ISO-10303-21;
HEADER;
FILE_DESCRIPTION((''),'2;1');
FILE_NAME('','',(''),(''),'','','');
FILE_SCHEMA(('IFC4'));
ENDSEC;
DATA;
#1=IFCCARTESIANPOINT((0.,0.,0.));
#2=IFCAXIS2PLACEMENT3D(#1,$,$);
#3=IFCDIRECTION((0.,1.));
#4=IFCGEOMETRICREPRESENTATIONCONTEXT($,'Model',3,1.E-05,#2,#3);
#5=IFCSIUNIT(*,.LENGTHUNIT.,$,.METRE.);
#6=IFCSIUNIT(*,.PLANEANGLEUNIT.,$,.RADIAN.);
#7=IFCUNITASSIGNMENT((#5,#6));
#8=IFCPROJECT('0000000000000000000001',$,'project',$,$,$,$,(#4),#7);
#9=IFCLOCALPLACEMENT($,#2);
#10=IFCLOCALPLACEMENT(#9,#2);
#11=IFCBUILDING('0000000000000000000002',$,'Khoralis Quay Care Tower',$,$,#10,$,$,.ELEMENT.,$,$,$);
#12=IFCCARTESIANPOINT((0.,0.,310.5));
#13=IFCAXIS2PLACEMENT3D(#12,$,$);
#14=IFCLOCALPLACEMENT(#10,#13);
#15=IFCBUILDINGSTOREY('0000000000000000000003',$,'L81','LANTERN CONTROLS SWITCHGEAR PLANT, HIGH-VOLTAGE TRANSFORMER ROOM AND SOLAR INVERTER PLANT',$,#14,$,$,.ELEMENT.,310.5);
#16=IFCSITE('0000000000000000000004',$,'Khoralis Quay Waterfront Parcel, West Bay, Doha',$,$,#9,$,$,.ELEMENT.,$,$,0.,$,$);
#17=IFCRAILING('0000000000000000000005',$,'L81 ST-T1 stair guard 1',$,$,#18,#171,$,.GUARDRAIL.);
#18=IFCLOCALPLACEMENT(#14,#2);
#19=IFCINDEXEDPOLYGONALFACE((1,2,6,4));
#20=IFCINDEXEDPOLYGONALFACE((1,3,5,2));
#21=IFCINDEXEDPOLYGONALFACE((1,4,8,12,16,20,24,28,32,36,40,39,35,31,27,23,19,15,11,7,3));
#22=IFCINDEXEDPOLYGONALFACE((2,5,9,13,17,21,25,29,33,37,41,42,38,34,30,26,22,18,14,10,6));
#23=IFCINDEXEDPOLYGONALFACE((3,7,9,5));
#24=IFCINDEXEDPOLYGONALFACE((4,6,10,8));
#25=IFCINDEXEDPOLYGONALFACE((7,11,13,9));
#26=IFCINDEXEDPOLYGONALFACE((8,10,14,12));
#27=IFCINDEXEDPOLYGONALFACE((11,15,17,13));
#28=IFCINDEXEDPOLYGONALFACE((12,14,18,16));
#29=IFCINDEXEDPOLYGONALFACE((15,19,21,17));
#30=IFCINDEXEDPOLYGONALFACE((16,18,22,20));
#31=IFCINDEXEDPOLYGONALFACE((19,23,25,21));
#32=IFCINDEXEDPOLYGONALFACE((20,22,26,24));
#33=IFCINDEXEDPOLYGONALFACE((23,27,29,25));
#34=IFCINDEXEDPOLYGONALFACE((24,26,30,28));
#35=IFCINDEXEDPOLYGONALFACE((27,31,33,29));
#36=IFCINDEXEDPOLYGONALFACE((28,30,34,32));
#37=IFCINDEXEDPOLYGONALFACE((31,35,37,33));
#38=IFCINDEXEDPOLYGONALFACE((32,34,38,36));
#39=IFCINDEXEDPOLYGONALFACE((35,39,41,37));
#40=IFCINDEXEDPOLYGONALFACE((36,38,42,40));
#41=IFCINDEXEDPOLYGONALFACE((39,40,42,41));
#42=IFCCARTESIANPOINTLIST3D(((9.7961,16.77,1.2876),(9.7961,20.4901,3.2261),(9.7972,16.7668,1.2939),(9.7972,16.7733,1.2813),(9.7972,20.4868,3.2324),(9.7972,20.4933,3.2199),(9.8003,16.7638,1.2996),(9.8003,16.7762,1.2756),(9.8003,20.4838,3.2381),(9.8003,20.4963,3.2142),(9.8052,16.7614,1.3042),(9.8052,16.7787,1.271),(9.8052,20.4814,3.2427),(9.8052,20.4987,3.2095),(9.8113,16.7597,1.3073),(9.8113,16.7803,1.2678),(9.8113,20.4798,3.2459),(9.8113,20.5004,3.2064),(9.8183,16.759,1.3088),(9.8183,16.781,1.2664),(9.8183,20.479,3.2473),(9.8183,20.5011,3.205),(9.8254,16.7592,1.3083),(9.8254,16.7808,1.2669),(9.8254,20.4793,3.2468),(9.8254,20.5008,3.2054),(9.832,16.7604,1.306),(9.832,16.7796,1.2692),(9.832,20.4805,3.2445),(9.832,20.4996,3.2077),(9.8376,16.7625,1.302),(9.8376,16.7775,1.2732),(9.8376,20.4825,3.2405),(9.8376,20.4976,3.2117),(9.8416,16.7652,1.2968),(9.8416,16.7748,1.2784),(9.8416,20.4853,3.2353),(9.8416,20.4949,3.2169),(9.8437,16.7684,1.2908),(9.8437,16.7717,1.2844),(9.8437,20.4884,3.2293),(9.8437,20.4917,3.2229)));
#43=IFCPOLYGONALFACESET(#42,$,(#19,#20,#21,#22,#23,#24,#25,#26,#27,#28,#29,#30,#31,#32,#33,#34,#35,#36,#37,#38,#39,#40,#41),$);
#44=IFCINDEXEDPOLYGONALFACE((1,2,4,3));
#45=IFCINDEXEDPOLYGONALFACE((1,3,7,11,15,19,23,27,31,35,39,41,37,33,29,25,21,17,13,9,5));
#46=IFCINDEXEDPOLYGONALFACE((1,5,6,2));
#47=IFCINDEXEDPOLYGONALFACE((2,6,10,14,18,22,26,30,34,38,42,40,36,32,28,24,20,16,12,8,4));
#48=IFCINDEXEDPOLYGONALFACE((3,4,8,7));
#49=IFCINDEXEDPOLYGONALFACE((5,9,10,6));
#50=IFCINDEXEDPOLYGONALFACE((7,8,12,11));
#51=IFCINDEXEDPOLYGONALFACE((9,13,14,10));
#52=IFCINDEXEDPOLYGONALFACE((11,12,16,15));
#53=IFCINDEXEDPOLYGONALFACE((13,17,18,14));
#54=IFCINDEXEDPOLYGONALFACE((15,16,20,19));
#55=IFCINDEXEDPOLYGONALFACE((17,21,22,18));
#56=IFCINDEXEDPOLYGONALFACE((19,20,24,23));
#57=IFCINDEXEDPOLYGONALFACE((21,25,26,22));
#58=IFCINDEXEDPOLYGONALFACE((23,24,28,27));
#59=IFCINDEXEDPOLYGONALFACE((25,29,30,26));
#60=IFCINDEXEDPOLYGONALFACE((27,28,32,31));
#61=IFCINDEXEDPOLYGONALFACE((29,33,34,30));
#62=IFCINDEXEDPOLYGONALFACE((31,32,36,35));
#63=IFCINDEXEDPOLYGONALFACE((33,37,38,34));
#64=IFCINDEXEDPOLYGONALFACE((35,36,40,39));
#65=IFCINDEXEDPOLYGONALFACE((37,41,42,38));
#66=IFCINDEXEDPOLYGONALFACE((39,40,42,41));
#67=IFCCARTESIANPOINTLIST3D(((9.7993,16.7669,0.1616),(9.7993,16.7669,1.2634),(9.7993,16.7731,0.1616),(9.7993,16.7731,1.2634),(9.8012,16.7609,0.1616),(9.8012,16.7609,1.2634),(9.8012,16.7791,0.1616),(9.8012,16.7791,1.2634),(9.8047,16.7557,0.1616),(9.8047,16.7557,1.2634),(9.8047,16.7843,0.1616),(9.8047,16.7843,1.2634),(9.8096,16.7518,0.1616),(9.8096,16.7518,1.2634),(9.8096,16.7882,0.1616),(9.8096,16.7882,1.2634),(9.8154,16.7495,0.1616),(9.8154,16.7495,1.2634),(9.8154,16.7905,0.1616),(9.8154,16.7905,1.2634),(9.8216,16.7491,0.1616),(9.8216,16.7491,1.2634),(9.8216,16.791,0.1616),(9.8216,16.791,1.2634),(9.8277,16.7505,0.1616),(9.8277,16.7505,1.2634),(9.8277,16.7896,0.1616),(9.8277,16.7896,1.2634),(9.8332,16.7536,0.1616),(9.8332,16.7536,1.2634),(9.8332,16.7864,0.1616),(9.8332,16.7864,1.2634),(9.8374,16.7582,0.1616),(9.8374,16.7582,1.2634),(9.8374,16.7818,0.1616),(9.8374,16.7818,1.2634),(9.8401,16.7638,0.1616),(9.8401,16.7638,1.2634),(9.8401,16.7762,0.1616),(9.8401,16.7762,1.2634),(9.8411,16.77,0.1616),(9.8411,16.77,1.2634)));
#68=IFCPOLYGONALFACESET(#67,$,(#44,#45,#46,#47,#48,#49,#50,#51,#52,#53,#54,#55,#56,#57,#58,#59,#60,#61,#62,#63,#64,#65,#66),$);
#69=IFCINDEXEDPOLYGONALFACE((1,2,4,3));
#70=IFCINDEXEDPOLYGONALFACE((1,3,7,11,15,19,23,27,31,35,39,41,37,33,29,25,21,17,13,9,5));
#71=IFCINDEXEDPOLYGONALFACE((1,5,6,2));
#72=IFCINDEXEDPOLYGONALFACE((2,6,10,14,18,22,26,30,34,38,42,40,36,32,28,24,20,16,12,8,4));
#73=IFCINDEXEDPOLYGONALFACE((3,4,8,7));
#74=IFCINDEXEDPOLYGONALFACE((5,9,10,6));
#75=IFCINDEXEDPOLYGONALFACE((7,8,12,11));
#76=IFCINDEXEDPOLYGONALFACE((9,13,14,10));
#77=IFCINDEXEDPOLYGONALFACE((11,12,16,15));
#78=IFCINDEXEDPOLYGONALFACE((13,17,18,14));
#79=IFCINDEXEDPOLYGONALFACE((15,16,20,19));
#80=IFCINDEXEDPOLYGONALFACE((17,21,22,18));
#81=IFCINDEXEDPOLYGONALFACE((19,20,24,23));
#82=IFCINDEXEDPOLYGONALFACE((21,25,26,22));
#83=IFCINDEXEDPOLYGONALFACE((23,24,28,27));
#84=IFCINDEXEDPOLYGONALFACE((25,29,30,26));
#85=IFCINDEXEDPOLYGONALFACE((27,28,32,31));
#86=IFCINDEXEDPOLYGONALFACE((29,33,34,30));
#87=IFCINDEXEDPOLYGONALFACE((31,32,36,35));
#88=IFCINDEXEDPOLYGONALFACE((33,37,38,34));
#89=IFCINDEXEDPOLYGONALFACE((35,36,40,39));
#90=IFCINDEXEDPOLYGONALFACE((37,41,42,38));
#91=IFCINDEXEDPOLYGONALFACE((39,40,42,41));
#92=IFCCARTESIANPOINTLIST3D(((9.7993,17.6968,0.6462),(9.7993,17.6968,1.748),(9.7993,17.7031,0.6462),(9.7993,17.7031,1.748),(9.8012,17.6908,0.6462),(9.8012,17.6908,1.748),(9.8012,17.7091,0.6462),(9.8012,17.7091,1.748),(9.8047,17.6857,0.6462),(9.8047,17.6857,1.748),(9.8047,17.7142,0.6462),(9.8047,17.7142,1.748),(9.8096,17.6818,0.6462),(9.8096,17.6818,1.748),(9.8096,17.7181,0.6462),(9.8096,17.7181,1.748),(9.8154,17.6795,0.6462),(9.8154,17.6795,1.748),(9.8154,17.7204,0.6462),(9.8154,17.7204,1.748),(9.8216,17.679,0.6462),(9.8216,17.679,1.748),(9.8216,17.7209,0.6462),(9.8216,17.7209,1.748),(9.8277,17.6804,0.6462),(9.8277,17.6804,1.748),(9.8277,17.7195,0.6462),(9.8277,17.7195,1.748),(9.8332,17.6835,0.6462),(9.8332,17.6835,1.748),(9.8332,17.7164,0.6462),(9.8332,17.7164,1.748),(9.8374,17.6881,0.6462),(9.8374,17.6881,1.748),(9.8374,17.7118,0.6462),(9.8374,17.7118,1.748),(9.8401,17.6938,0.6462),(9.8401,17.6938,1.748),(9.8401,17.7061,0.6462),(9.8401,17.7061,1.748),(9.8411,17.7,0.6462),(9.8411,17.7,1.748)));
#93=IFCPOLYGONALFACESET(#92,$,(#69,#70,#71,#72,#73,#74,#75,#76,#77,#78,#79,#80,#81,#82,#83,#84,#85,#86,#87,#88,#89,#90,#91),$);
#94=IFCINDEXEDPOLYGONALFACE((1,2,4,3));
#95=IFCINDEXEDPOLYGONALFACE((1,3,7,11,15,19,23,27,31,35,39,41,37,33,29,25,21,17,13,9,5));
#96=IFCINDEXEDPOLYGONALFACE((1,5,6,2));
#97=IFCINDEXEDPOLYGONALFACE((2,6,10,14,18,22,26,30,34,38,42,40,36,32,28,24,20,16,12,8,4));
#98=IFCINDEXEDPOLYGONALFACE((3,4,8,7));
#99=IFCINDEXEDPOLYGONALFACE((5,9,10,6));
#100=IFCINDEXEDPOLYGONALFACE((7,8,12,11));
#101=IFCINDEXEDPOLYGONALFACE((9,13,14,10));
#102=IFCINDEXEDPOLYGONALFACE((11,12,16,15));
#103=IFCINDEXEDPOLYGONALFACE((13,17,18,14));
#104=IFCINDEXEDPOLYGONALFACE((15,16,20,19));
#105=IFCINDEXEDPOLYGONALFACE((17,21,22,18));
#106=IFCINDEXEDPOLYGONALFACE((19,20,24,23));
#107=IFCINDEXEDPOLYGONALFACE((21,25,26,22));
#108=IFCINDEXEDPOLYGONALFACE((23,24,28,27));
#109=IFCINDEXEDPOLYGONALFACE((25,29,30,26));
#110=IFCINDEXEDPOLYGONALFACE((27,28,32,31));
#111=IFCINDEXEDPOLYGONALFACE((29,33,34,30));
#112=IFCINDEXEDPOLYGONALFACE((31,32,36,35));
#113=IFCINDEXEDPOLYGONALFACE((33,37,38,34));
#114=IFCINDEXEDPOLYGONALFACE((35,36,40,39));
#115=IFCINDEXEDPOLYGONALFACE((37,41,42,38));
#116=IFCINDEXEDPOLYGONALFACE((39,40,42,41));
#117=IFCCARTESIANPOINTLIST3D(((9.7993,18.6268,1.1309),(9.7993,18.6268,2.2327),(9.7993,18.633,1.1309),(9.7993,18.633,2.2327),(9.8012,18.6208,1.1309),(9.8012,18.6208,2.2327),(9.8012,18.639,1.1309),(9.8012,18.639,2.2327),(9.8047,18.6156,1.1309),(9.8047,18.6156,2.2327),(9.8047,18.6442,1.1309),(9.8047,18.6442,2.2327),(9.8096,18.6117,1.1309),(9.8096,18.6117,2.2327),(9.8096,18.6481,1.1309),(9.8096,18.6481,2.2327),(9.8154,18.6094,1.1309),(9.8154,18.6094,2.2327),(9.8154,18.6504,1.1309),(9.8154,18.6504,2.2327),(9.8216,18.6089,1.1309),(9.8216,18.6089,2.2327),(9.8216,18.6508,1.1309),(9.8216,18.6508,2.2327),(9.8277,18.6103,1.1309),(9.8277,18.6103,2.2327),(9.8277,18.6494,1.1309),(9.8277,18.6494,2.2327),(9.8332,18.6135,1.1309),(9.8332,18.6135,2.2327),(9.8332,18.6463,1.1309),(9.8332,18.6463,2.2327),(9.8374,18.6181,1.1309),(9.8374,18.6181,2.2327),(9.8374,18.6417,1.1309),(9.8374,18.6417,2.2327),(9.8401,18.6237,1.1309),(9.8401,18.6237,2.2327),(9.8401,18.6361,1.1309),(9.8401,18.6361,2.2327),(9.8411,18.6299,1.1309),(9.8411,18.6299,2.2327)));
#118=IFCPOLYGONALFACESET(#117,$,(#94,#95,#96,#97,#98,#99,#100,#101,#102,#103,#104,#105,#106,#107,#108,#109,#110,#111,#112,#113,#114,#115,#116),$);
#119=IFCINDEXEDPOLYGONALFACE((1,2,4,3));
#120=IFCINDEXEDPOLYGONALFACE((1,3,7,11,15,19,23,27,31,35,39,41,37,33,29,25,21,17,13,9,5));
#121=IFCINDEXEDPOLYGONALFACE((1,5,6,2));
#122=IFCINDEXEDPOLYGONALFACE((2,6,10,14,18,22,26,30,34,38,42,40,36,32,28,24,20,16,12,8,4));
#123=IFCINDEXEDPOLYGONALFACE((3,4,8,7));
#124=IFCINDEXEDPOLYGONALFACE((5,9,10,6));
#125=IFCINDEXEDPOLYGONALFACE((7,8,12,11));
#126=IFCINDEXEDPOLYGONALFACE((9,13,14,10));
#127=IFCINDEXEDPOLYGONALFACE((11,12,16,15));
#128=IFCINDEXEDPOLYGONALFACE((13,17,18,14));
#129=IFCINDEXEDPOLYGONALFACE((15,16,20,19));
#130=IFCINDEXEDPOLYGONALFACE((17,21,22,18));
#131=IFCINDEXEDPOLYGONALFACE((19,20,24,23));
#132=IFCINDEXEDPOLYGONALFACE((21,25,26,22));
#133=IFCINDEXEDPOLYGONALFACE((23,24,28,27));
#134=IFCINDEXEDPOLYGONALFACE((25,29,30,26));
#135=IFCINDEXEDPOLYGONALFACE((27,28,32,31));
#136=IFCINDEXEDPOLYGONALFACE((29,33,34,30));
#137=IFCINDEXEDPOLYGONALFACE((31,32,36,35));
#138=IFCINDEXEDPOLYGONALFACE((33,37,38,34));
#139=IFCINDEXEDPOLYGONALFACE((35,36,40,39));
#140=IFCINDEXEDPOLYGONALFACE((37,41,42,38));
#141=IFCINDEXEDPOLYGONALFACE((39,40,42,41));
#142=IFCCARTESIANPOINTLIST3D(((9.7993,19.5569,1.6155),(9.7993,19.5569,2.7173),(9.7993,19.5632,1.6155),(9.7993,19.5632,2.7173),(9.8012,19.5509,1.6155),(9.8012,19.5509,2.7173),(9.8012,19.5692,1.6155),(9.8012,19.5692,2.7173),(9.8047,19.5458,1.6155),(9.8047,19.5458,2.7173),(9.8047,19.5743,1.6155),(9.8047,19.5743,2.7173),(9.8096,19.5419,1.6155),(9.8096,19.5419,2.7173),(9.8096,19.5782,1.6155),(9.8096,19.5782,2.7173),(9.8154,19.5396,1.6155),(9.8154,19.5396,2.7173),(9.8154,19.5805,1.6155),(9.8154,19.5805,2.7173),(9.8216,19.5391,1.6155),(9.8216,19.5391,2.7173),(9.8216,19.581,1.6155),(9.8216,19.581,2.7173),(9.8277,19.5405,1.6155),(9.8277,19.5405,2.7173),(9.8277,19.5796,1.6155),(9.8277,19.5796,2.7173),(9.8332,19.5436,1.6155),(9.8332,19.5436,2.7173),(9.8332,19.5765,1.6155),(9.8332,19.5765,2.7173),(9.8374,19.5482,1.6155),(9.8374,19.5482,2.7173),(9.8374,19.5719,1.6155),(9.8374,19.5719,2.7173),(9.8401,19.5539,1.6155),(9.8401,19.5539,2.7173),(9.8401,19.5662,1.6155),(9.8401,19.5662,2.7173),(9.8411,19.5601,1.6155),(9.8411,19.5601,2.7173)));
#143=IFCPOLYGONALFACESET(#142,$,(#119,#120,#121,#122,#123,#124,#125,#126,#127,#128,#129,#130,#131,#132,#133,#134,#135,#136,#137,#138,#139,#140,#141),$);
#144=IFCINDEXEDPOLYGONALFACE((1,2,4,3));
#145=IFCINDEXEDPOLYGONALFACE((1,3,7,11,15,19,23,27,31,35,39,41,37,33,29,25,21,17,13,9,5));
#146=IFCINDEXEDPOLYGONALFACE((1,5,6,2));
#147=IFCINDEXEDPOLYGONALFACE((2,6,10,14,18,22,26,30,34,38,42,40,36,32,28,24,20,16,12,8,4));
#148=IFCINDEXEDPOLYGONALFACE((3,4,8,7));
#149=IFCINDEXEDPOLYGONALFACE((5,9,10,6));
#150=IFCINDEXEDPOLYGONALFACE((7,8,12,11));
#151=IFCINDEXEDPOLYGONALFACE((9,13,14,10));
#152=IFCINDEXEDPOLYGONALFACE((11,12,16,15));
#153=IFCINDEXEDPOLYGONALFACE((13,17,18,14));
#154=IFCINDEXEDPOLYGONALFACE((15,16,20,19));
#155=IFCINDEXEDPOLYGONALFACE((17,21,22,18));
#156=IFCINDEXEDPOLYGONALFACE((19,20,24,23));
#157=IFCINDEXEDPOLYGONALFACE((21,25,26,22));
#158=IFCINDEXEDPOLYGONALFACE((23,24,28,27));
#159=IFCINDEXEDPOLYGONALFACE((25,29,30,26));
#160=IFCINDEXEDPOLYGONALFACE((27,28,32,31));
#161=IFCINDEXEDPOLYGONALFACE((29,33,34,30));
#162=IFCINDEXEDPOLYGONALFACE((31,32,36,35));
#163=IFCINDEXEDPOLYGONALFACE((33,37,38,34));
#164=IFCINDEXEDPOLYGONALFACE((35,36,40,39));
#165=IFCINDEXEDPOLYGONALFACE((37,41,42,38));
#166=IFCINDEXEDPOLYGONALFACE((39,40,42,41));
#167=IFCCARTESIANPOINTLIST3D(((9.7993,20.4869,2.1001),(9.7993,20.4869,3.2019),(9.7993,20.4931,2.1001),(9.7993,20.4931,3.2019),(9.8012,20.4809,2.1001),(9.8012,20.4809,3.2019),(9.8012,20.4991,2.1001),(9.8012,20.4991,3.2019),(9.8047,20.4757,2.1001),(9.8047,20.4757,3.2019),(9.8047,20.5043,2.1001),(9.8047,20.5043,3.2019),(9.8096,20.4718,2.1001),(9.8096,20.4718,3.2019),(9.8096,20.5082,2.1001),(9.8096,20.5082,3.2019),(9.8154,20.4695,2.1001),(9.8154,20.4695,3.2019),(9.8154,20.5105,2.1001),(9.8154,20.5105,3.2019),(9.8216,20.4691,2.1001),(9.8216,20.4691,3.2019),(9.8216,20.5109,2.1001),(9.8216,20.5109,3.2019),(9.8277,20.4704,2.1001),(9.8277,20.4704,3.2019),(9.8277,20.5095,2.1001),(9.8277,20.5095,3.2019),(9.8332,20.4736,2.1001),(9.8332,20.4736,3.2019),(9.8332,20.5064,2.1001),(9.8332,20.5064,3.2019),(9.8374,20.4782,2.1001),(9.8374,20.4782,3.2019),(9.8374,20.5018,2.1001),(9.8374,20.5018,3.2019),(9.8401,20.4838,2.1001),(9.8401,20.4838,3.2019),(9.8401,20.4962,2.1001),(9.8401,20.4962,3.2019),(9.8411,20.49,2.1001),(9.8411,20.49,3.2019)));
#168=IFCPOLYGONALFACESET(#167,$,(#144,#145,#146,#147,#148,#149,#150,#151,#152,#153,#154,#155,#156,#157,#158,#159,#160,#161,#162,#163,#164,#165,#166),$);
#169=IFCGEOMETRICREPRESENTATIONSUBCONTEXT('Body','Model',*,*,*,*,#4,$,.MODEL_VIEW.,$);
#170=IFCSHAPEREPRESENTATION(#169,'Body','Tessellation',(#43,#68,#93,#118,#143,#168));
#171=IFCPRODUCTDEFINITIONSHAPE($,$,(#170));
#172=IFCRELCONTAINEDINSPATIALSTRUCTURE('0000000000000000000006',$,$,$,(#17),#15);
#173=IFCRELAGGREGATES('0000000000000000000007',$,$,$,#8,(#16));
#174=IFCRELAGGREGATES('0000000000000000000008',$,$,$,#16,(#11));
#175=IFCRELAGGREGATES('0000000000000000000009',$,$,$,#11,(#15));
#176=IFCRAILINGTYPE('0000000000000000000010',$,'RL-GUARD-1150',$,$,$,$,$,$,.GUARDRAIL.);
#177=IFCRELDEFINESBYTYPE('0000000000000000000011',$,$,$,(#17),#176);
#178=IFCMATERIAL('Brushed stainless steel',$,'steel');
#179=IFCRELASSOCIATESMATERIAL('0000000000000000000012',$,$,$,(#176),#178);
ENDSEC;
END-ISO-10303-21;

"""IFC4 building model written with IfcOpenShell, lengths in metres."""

from ifc_helpers import new_model, si_unit, direction, frame, origin, origin_2d, place, context, subcontext, project, spatial, circle, extrude, material, type_object, element, save


model = new_model("IFC4")

# Units and contexts
model_context = context("Model", 3, precision=1e-05, world=origin(), true_north=direction((0.0, 1.0)))
body_context = subcontext(model_context, "Body", "Model", "MODEL_VIEW")
ifc_project = project(units=[si_unit("LENGTHUNIT", "METRE"), si_unit("PLANEANGLEUNIT", "RADIAN")], contexts=[model_context])

# Site, building, storey
site_placement = place(None, origin())
site = spatial("IfcSite", under=ifc_project, at=site_placement, Name="Khoralis Quay Waterfront Parcel, West Bay, Doha", CompositionType="ELEMENT", RefElevation=0.0)
building_placement = place(site_placement, origin())
building = spatial("IfcBuilding", under=site, at=building_placement, Name="Khoralis Quay Care Tower", CompositionType="ELEMENT")
storey_placement = place(building_placement, frame((0.0, 0.0, 310.5)))
storey = spatial("IfcBuildingStorey", under=building, at=storey_placement, Name="L81", Description="LANTERN CONTROLS SWITCHGEAR PLANT, HIGH-VOLTAGE TRANSFORMER ROOM AND SOLAR INVERTER PLANT", CompositionType="ELEMENT", Elevation=310.5)

# Shared definitions
ifc_material_1 = material(Name="Brushed stainless steel", Category="steel")

# Railing
railing_type_1 = type_object("IfcRailingType", Name="RL-GUARD-1150", PredefinedType="GUARDRAIL", material=ifc_material_1)
railing_1_placement = place(storey_placement, frame((9.8201, 16.77, 0.1616)))
element("IfcRailing", 1, at=railing_1_placement, inside=storey, type_object=railing_type_1, Name="L81 ST-T1 stair guard 1", PredefinedType="GUARDRAIL", context=body_context, shape_type="SweptSolid", body=[
    extrude(circle(Radius=0.0239, at=origin_2d()), frame((0.0, 0.0, 1.126), z_axis=(0.0, 0.886817, 0.46212), x_axis=(-1.0, 0.0, 0.0)), (0.0, 0.0, 1.0), 4.1948),
    extrude(circle(Radius=0.021, at=origin_2d()), origin(), (0.0, 0.0, 1.0), 1.1018),
    extrude(circle(Radius=0.021, at=origin_2d()), frame((0.0, 0.9299, 0.4846)), (0.0, 0.0, 1.0), 1.1018),
    extrude(circle(Radius=0.021, at=origin_2d()), frame((0.0, 1.8599, 0.9692)), (0.0, 0.0, 1.0), 1.1018),
    extrude(circle(Radius=0.021, at=origin_2d()), frame((0.0, 2.79, 1.4539)), (0.0, 0.0, 1.0), 1.1018),
    extrude(circle(Radius=0.021, at=origin_2d()), frame((0.0, 3.72, 1.9385)), (0.0, 0.0, 1.0), 1.1018),
])

save(model, "model.ifc")
